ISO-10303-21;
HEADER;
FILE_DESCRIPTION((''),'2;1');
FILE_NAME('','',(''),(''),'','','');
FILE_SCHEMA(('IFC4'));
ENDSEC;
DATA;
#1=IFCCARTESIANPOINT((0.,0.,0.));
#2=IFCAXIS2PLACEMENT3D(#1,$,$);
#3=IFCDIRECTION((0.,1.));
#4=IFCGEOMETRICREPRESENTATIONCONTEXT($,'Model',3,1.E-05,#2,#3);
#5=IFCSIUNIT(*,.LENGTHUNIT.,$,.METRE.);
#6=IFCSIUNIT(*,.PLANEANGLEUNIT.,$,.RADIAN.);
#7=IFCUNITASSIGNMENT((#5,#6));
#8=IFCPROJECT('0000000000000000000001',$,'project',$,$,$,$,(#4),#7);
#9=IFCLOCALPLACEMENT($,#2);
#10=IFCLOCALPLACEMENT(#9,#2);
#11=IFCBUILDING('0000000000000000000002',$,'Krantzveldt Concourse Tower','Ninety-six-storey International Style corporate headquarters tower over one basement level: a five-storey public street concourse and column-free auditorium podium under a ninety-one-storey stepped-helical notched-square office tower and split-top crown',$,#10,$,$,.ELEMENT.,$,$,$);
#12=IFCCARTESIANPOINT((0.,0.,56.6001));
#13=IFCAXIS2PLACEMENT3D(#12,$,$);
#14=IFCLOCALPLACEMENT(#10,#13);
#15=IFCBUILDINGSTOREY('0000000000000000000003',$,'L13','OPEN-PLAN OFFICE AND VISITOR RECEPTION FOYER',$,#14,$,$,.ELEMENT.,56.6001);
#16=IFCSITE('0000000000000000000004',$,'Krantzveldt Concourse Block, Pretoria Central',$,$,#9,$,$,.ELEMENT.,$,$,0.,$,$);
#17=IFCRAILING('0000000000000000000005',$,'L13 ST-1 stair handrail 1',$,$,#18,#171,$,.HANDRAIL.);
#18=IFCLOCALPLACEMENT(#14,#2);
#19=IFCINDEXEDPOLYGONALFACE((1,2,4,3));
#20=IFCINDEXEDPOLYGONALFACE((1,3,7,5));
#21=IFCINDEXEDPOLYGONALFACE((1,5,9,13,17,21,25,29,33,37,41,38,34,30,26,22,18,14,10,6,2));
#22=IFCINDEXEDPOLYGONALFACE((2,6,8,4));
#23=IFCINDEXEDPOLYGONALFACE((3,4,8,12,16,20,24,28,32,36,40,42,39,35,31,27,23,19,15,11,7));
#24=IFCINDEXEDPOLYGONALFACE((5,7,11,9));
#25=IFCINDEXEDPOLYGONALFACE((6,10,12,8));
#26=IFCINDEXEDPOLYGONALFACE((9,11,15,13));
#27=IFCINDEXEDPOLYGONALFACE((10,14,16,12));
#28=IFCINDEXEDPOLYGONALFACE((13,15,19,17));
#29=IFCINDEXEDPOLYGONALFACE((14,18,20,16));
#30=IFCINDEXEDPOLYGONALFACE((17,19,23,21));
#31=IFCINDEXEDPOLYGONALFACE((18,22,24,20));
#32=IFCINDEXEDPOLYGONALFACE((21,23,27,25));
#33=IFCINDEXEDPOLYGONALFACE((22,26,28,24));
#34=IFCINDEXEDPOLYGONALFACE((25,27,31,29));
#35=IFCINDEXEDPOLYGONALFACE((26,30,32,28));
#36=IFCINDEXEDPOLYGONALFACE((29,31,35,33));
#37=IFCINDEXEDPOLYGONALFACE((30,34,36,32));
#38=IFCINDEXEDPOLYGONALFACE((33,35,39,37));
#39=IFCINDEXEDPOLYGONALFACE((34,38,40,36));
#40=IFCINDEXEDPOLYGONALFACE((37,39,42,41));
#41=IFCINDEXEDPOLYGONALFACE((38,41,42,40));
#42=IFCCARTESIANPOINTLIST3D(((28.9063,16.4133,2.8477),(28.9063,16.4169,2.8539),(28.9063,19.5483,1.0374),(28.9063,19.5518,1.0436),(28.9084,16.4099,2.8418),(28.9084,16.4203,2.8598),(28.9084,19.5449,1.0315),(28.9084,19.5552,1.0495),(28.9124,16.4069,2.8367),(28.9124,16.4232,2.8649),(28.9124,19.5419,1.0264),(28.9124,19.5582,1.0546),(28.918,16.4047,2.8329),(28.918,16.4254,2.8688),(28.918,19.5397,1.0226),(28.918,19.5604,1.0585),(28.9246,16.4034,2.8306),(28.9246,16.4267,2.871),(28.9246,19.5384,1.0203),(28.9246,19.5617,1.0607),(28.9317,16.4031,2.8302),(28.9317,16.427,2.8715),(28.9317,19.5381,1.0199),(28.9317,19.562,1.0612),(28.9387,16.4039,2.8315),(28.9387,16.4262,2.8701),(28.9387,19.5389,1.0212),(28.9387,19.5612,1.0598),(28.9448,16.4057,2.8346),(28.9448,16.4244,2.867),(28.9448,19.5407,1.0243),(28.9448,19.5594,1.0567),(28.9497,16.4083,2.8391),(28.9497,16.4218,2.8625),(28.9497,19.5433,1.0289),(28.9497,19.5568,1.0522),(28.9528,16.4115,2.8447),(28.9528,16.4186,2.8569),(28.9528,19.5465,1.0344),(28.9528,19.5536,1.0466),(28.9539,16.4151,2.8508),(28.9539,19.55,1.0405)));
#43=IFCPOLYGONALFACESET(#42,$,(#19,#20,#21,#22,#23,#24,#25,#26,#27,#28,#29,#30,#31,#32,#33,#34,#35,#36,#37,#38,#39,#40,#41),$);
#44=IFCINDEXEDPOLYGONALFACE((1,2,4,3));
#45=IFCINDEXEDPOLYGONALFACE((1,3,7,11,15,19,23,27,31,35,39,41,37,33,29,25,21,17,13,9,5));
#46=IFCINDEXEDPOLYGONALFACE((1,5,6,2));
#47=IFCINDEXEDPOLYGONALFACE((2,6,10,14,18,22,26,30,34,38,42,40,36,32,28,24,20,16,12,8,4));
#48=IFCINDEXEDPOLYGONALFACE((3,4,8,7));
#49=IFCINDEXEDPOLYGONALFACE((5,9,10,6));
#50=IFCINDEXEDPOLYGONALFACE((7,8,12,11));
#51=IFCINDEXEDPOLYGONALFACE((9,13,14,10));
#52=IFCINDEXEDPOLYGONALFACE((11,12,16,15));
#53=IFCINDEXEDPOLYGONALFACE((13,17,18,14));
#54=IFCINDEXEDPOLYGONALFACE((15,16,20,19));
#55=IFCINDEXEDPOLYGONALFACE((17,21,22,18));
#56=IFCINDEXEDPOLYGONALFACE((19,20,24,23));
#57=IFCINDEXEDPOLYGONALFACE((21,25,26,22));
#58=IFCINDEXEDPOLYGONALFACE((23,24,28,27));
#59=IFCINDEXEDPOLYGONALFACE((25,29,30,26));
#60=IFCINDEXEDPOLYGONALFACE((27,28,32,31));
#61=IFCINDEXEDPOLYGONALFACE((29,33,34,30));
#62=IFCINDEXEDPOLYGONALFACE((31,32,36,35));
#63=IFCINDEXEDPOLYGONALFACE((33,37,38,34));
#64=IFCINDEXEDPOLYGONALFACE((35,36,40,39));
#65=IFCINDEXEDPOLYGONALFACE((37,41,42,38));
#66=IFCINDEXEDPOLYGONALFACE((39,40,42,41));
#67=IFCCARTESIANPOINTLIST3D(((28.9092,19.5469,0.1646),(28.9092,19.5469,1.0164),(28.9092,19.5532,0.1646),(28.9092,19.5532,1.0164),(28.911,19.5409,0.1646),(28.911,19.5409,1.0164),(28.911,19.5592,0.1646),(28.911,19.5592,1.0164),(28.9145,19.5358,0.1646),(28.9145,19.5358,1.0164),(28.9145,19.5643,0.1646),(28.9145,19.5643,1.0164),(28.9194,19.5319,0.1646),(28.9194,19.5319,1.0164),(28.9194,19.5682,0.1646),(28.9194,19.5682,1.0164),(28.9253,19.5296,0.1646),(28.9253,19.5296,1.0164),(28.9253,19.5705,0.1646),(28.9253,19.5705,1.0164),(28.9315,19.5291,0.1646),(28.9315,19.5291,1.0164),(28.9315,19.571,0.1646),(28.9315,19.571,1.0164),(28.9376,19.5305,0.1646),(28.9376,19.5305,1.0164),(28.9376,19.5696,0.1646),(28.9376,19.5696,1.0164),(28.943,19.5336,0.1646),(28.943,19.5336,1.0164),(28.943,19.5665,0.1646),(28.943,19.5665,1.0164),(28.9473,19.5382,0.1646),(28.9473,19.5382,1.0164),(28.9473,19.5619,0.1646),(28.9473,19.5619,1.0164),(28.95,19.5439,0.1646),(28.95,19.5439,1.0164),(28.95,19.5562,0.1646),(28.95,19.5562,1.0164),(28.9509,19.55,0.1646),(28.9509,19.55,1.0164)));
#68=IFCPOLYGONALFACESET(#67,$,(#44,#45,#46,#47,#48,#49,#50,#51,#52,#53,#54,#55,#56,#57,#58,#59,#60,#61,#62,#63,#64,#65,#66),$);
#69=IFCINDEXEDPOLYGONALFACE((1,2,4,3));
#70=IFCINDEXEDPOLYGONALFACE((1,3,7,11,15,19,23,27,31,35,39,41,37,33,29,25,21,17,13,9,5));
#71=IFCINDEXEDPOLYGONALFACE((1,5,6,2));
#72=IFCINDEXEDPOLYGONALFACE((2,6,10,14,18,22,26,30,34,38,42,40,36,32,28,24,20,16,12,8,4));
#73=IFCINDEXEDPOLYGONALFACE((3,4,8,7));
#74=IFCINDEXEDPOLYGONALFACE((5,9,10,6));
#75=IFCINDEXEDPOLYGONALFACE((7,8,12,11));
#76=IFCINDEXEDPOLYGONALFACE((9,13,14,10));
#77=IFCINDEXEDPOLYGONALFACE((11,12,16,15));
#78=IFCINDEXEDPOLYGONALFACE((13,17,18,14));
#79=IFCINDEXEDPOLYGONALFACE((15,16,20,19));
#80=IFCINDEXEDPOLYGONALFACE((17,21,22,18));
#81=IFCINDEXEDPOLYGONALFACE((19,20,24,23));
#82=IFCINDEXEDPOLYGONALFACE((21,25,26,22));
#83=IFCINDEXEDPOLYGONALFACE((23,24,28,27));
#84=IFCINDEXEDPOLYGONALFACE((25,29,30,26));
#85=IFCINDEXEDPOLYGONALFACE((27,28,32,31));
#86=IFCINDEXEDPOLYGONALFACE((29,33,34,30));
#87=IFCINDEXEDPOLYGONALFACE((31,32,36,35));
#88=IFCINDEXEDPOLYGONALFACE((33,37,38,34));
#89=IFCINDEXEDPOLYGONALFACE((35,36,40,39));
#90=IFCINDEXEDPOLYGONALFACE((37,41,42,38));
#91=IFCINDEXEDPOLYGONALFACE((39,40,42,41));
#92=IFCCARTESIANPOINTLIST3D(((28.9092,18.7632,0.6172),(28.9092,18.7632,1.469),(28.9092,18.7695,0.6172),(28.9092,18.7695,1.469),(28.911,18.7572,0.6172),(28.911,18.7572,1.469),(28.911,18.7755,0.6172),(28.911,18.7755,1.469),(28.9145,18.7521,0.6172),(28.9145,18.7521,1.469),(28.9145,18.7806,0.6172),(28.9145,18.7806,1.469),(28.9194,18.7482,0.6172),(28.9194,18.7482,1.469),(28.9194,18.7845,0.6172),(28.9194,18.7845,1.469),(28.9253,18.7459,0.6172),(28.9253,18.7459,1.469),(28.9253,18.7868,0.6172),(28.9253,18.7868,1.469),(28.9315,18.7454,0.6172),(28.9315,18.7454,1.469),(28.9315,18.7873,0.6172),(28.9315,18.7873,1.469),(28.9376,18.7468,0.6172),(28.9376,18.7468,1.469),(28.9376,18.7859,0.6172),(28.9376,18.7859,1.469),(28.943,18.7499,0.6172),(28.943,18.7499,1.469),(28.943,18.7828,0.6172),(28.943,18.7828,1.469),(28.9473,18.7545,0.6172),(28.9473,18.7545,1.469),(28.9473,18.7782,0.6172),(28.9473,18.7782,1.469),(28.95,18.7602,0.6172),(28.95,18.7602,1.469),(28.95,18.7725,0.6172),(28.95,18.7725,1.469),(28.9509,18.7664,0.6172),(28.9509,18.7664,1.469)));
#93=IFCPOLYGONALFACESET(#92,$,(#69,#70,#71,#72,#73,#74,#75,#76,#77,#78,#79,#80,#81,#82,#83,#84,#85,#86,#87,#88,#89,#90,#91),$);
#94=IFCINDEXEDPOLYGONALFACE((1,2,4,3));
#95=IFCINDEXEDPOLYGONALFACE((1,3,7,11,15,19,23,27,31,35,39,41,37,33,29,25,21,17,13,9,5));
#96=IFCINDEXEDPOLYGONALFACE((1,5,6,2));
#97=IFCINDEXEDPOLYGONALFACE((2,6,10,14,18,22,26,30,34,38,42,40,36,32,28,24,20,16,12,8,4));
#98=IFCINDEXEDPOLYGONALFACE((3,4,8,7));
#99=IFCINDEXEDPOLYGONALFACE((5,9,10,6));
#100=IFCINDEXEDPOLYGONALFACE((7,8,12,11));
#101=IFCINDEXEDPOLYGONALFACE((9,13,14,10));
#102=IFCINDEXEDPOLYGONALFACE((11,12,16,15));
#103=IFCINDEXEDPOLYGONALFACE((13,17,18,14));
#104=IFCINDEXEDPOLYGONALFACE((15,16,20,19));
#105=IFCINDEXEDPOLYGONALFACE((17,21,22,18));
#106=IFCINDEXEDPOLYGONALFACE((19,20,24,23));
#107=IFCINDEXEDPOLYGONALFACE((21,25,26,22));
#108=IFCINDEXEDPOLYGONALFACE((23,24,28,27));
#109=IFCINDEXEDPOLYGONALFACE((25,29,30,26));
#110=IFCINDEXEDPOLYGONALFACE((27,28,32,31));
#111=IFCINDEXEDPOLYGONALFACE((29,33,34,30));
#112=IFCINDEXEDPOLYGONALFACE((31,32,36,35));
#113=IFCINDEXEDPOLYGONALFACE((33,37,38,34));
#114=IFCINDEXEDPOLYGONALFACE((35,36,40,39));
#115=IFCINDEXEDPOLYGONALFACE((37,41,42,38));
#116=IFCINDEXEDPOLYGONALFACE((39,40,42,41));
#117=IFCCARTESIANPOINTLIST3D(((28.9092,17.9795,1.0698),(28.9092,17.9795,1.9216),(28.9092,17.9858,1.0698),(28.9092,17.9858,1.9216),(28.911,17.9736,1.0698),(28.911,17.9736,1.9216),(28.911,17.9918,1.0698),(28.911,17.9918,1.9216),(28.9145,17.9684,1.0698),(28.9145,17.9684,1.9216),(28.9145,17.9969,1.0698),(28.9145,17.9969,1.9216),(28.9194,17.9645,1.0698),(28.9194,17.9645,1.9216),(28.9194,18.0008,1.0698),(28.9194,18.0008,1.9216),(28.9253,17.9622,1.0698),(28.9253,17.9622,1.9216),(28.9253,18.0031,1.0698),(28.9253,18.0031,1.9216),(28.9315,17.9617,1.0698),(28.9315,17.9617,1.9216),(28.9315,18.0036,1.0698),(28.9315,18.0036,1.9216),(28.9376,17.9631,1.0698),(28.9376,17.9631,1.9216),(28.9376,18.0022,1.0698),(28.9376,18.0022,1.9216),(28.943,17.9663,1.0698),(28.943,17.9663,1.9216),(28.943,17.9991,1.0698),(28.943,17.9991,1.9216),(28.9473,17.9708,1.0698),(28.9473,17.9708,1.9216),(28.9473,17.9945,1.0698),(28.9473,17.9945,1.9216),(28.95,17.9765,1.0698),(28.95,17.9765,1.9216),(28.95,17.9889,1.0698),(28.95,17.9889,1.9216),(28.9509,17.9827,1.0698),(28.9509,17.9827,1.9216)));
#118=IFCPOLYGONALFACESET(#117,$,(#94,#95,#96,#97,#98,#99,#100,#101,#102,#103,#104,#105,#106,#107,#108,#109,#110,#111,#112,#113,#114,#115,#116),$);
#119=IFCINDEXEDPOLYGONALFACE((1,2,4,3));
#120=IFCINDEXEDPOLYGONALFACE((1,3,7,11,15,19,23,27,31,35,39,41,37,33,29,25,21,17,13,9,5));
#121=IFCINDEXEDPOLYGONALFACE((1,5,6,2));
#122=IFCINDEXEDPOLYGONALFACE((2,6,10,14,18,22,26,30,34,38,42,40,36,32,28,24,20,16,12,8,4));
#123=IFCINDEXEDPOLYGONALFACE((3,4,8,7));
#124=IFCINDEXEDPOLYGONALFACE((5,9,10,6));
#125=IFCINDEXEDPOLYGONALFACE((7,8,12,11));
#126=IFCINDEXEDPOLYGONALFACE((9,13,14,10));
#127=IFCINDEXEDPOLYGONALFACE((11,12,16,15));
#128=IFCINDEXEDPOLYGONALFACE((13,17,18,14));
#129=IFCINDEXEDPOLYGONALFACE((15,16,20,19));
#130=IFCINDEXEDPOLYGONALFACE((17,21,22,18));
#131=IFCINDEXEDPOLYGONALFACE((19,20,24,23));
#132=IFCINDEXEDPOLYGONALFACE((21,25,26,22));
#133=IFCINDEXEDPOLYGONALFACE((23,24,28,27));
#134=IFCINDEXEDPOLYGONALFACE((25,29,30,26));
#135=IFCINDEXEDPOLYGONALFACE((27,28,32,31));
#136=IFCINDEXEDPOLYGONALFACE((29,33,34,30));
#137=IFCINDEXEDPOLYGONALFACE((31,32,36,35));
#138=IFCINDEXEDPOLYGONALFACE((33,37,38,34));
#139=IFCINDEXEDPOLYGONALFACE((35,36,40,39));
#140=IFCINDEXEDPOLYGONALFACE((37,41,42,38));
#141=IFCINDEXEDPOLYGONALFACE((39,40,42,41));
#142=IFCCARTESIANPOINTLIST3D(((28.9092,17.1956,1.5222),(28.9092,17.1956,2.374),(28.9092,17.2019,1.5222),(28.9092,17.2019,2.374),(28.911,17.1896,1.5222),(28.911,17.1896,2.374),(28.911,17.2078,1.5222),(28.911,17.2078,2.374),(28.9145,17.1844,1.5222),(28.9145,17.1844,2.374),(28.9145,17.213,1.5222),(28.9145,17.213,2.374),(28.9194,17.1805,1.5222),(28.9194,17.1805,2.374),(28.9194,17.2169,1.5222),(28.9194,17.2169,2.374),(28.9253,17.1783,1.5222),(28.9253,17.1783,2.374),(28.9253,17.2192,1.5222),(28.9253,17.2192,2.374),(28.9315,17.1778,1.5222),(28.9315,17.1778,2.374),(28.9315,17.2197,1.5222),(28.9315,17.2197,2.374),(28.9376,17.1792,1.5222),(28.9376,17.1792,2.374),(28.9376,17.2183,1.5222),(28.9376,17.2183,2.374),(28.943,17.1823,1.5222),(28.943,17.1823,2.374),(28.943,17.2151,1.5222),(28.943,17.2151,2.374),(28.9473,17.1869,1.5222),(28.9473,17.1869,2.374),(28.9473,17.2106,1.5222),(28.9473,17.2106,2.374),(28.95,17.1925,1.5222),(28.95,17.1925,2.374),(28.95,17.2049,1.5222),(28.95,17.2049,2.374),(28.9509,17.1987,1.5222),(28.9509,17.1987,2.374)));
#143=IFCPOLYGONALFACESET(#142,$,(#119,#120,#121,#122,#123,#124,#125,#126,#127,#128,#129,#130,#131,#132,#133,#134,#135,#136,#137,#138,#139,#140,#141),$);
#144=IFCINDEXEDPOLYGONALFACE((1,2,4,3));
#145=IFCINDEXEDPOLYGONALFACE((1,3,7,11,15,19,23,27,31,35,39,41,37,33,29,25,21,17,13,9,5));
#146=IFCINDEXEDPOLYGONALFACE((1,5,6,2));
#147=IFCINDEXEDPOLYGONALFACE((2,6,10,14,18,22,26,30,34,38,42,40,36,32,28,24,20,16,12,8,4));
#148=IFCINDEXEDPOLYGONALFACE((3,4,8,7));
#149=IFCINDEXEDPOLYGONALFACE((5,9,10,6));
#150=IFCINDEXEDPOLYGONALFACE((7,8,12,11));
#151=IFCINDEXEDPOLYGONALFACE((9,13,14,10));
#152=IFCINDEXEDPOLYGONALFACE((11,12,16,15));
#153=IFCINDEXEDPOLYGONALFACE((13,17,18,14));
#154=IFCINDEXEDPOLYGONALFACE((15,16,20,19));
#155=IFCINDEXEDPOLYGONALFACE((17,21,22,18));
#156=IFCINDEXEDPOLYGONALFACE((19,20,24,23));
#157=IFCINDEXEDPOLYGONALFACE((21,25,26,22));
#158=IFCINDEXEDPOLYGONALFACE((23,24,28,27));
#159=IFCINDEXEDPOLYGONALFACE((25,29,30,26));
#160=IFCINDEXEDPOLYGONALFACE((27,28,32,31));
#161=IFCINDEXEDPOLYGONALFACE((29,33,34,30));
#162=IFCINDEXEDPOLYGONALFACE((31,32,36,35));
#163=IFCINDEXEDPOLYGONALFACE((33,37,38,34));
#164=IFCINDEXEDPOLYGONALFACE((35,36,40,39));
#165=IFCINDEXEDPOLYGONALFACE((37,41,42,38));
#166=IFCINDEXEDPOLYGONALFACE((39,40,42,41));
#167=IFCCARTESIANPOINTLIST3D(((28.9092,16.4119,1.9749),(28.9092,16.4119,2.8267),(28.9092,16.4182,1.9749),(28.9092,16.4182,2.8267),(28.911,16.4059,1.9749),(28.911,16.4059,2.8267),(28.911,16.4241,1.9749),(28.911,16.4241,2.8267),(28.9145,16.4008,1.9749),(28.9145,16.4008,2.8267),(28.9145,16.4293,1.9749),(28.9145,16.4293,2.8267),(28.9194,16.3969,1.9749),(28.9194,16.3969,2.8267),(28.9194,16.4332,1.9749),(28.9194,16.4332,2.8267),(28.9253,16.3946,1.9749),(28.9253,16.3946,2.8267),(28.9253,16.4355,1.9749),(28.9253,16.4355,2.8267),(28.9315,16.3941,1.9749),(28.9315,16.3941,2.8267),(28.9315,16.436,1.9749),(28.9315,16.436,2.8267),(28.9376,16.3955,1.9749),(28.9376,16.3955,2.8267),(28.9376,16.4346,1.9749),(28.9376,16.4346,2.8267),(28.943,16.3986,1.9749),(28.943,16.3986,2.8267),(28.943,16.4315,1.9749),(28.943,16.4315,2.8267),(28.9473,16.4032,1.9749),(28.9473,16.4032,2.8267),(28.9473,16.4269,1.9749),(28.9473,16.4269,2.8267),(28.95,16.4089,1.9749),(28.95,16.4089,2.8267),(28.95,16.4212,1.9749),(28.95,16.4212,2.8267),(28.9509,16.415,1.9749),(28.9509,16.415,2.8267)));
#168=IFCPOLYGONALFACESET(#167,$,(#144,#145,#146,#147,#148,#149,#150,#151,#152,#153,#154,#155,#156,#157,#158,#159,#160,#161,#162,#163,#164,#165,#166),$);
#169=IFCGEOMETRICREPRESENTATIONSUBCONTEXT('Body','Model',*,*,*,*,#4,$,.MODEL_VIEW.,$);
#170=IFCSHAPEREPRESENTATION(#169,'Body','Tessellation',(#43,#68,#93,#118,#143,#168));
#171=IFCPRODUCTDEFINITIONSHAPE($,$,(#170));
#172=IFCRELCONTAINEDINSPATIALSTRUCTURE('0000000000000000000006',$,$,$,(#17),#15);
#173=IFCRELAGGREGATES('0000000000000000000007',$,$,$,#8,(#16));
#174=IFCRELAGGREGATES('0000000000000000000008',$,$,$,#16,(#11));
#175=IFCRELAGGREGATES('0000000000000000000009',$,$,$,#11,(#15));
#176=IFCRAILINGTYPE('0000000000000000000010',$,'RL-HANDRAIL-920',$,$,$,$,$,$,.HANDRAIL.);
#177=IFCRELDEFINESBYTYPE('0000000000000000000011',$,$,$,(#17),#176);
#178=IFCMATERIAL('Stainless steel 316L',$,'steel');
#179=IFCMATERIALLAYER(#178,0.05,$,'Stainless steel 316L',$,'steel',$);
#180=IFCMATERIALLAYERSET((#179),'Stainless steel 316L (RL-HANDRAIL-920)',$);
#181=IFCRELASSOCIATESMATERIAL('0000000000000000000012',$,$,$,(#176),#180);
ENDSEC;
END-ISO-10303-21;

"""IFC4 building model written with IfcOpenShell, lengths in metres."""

from ifc_helpers import new_model, si_unit, direction, frame, origin, origin_2d, place, context, subcontext, project, spatial, circle, extrude, material, layer, layer_set, type_object, element, save


model = new_model("IFC4")

# Units and contexts
model_context = context("Model", 3, precision=1e-05, world=origin(), true_north=direction((0.0, 1.0)))
body_context = subcontext(model_context, "Body", "Model", "MODEL_VIEW")
ifc_project = project(units=[si_unit("LENGTHUNIT", "METRE"), si_unit("PLANEANGLEUNIT", "RADIAN")], contexts=[model_context])

# Site, building, storey
site_placement = place(None, origin())
site = spatial("IfcSite", under=ifc_project, at=site_placement, Name="Krantzveldt Concourse Block, Pretoria Central", CompositionType="ELEMENT", RefElevation=0.0)
building_placement = place(site_placement, origin())
building = spatial("IfcBuilding", under=site, at=building_placement, Name="Krantzveldt Concourse Tower", Description="Ninety-six-storey International Style corporate headquarters tower over one basement level: a five-storey public street concourse and column-free auditorium podium under a ninety-one-storey stepped-helical notched-square office tower and split-top crown", CompositionType="ELEMENT")
storey_placement = place(building_placement, frame((0.0, 0.0, 56.6001)))
storey = spatial("IfcBuildingStorey", under=building, at=storey_placement, Name="L13", Description="OPEN-PLAN OFFICE AND VISITOR RECEPTION FOYER", CompositionType="ELEMENT", Elevation=56.6001)

# Railing
ifc_material_1 = material(Name="Stainless steel 316L", Category="steel")
ifc_layer_1 = layer(ifc_material_1, 0.05, Name="Stainless steel 316L", Category="steel")
ifc_layer_set_1 = layer_set([ifc_layer_1], Name="Stainless steel 316L (RL-HANDRAIL-920)")
railing_type_1 = type_object("IfcRailingType", Name="RL-HANDRAIL-920", PredefinedType="HANDRAIL", material=ifc_layer_set_1)
railing_1_placement = place(storey_placement, frame((28.9299, 19.55, 0.1646)))
element("IfcRailing", 1, at=railing_1_placement, inside=storey, type_object=railing_type_1, Name="L13 ST-1 stair handrail 1", PredefinedType="HANDRAIL", context=body_context, shape_type="SweptSolid", body=[
    extrude(circle(Radius=0.0239, at=origin_2d()), frame((0.0, 0.0, 0.876), z_axis=(0.0, -0.865989, 0.500063), x_axis=(1.0, 0.0, 0.0)), (0.0, 0.0, 1.0), 3.6201),
    extrude(circle(Radius=0.021, at=origin_2d()), origin(), (0.0, 0.0, 1.0), 0.8518),
    extrude(circle(Radius=0.021, at=origin_2d()), frame((0.0, -0.7837, 0.4526)), (0.0, 0.0, 1.0), 0.8518),
    extrude(circle(Radius=0.021, at=origin_2d()), frame((0.0, -1.5674, 0.9053)), (0.0, 0.0, 1.0), 0.8518),
    extrude(circle(Radius=0.021, at=origin_2d()), frame((0.0, -2.3513, 1.3577)), (0.0, 0.0, 1.0), 0.8518),
    extrude(circle(Radius=0.021, at=origin_2d()), frame((0.0, -3.135, 1.8103)), (0.0, 0.0, 1.0), 0.8518),
])

save(model, "model.ifc")
